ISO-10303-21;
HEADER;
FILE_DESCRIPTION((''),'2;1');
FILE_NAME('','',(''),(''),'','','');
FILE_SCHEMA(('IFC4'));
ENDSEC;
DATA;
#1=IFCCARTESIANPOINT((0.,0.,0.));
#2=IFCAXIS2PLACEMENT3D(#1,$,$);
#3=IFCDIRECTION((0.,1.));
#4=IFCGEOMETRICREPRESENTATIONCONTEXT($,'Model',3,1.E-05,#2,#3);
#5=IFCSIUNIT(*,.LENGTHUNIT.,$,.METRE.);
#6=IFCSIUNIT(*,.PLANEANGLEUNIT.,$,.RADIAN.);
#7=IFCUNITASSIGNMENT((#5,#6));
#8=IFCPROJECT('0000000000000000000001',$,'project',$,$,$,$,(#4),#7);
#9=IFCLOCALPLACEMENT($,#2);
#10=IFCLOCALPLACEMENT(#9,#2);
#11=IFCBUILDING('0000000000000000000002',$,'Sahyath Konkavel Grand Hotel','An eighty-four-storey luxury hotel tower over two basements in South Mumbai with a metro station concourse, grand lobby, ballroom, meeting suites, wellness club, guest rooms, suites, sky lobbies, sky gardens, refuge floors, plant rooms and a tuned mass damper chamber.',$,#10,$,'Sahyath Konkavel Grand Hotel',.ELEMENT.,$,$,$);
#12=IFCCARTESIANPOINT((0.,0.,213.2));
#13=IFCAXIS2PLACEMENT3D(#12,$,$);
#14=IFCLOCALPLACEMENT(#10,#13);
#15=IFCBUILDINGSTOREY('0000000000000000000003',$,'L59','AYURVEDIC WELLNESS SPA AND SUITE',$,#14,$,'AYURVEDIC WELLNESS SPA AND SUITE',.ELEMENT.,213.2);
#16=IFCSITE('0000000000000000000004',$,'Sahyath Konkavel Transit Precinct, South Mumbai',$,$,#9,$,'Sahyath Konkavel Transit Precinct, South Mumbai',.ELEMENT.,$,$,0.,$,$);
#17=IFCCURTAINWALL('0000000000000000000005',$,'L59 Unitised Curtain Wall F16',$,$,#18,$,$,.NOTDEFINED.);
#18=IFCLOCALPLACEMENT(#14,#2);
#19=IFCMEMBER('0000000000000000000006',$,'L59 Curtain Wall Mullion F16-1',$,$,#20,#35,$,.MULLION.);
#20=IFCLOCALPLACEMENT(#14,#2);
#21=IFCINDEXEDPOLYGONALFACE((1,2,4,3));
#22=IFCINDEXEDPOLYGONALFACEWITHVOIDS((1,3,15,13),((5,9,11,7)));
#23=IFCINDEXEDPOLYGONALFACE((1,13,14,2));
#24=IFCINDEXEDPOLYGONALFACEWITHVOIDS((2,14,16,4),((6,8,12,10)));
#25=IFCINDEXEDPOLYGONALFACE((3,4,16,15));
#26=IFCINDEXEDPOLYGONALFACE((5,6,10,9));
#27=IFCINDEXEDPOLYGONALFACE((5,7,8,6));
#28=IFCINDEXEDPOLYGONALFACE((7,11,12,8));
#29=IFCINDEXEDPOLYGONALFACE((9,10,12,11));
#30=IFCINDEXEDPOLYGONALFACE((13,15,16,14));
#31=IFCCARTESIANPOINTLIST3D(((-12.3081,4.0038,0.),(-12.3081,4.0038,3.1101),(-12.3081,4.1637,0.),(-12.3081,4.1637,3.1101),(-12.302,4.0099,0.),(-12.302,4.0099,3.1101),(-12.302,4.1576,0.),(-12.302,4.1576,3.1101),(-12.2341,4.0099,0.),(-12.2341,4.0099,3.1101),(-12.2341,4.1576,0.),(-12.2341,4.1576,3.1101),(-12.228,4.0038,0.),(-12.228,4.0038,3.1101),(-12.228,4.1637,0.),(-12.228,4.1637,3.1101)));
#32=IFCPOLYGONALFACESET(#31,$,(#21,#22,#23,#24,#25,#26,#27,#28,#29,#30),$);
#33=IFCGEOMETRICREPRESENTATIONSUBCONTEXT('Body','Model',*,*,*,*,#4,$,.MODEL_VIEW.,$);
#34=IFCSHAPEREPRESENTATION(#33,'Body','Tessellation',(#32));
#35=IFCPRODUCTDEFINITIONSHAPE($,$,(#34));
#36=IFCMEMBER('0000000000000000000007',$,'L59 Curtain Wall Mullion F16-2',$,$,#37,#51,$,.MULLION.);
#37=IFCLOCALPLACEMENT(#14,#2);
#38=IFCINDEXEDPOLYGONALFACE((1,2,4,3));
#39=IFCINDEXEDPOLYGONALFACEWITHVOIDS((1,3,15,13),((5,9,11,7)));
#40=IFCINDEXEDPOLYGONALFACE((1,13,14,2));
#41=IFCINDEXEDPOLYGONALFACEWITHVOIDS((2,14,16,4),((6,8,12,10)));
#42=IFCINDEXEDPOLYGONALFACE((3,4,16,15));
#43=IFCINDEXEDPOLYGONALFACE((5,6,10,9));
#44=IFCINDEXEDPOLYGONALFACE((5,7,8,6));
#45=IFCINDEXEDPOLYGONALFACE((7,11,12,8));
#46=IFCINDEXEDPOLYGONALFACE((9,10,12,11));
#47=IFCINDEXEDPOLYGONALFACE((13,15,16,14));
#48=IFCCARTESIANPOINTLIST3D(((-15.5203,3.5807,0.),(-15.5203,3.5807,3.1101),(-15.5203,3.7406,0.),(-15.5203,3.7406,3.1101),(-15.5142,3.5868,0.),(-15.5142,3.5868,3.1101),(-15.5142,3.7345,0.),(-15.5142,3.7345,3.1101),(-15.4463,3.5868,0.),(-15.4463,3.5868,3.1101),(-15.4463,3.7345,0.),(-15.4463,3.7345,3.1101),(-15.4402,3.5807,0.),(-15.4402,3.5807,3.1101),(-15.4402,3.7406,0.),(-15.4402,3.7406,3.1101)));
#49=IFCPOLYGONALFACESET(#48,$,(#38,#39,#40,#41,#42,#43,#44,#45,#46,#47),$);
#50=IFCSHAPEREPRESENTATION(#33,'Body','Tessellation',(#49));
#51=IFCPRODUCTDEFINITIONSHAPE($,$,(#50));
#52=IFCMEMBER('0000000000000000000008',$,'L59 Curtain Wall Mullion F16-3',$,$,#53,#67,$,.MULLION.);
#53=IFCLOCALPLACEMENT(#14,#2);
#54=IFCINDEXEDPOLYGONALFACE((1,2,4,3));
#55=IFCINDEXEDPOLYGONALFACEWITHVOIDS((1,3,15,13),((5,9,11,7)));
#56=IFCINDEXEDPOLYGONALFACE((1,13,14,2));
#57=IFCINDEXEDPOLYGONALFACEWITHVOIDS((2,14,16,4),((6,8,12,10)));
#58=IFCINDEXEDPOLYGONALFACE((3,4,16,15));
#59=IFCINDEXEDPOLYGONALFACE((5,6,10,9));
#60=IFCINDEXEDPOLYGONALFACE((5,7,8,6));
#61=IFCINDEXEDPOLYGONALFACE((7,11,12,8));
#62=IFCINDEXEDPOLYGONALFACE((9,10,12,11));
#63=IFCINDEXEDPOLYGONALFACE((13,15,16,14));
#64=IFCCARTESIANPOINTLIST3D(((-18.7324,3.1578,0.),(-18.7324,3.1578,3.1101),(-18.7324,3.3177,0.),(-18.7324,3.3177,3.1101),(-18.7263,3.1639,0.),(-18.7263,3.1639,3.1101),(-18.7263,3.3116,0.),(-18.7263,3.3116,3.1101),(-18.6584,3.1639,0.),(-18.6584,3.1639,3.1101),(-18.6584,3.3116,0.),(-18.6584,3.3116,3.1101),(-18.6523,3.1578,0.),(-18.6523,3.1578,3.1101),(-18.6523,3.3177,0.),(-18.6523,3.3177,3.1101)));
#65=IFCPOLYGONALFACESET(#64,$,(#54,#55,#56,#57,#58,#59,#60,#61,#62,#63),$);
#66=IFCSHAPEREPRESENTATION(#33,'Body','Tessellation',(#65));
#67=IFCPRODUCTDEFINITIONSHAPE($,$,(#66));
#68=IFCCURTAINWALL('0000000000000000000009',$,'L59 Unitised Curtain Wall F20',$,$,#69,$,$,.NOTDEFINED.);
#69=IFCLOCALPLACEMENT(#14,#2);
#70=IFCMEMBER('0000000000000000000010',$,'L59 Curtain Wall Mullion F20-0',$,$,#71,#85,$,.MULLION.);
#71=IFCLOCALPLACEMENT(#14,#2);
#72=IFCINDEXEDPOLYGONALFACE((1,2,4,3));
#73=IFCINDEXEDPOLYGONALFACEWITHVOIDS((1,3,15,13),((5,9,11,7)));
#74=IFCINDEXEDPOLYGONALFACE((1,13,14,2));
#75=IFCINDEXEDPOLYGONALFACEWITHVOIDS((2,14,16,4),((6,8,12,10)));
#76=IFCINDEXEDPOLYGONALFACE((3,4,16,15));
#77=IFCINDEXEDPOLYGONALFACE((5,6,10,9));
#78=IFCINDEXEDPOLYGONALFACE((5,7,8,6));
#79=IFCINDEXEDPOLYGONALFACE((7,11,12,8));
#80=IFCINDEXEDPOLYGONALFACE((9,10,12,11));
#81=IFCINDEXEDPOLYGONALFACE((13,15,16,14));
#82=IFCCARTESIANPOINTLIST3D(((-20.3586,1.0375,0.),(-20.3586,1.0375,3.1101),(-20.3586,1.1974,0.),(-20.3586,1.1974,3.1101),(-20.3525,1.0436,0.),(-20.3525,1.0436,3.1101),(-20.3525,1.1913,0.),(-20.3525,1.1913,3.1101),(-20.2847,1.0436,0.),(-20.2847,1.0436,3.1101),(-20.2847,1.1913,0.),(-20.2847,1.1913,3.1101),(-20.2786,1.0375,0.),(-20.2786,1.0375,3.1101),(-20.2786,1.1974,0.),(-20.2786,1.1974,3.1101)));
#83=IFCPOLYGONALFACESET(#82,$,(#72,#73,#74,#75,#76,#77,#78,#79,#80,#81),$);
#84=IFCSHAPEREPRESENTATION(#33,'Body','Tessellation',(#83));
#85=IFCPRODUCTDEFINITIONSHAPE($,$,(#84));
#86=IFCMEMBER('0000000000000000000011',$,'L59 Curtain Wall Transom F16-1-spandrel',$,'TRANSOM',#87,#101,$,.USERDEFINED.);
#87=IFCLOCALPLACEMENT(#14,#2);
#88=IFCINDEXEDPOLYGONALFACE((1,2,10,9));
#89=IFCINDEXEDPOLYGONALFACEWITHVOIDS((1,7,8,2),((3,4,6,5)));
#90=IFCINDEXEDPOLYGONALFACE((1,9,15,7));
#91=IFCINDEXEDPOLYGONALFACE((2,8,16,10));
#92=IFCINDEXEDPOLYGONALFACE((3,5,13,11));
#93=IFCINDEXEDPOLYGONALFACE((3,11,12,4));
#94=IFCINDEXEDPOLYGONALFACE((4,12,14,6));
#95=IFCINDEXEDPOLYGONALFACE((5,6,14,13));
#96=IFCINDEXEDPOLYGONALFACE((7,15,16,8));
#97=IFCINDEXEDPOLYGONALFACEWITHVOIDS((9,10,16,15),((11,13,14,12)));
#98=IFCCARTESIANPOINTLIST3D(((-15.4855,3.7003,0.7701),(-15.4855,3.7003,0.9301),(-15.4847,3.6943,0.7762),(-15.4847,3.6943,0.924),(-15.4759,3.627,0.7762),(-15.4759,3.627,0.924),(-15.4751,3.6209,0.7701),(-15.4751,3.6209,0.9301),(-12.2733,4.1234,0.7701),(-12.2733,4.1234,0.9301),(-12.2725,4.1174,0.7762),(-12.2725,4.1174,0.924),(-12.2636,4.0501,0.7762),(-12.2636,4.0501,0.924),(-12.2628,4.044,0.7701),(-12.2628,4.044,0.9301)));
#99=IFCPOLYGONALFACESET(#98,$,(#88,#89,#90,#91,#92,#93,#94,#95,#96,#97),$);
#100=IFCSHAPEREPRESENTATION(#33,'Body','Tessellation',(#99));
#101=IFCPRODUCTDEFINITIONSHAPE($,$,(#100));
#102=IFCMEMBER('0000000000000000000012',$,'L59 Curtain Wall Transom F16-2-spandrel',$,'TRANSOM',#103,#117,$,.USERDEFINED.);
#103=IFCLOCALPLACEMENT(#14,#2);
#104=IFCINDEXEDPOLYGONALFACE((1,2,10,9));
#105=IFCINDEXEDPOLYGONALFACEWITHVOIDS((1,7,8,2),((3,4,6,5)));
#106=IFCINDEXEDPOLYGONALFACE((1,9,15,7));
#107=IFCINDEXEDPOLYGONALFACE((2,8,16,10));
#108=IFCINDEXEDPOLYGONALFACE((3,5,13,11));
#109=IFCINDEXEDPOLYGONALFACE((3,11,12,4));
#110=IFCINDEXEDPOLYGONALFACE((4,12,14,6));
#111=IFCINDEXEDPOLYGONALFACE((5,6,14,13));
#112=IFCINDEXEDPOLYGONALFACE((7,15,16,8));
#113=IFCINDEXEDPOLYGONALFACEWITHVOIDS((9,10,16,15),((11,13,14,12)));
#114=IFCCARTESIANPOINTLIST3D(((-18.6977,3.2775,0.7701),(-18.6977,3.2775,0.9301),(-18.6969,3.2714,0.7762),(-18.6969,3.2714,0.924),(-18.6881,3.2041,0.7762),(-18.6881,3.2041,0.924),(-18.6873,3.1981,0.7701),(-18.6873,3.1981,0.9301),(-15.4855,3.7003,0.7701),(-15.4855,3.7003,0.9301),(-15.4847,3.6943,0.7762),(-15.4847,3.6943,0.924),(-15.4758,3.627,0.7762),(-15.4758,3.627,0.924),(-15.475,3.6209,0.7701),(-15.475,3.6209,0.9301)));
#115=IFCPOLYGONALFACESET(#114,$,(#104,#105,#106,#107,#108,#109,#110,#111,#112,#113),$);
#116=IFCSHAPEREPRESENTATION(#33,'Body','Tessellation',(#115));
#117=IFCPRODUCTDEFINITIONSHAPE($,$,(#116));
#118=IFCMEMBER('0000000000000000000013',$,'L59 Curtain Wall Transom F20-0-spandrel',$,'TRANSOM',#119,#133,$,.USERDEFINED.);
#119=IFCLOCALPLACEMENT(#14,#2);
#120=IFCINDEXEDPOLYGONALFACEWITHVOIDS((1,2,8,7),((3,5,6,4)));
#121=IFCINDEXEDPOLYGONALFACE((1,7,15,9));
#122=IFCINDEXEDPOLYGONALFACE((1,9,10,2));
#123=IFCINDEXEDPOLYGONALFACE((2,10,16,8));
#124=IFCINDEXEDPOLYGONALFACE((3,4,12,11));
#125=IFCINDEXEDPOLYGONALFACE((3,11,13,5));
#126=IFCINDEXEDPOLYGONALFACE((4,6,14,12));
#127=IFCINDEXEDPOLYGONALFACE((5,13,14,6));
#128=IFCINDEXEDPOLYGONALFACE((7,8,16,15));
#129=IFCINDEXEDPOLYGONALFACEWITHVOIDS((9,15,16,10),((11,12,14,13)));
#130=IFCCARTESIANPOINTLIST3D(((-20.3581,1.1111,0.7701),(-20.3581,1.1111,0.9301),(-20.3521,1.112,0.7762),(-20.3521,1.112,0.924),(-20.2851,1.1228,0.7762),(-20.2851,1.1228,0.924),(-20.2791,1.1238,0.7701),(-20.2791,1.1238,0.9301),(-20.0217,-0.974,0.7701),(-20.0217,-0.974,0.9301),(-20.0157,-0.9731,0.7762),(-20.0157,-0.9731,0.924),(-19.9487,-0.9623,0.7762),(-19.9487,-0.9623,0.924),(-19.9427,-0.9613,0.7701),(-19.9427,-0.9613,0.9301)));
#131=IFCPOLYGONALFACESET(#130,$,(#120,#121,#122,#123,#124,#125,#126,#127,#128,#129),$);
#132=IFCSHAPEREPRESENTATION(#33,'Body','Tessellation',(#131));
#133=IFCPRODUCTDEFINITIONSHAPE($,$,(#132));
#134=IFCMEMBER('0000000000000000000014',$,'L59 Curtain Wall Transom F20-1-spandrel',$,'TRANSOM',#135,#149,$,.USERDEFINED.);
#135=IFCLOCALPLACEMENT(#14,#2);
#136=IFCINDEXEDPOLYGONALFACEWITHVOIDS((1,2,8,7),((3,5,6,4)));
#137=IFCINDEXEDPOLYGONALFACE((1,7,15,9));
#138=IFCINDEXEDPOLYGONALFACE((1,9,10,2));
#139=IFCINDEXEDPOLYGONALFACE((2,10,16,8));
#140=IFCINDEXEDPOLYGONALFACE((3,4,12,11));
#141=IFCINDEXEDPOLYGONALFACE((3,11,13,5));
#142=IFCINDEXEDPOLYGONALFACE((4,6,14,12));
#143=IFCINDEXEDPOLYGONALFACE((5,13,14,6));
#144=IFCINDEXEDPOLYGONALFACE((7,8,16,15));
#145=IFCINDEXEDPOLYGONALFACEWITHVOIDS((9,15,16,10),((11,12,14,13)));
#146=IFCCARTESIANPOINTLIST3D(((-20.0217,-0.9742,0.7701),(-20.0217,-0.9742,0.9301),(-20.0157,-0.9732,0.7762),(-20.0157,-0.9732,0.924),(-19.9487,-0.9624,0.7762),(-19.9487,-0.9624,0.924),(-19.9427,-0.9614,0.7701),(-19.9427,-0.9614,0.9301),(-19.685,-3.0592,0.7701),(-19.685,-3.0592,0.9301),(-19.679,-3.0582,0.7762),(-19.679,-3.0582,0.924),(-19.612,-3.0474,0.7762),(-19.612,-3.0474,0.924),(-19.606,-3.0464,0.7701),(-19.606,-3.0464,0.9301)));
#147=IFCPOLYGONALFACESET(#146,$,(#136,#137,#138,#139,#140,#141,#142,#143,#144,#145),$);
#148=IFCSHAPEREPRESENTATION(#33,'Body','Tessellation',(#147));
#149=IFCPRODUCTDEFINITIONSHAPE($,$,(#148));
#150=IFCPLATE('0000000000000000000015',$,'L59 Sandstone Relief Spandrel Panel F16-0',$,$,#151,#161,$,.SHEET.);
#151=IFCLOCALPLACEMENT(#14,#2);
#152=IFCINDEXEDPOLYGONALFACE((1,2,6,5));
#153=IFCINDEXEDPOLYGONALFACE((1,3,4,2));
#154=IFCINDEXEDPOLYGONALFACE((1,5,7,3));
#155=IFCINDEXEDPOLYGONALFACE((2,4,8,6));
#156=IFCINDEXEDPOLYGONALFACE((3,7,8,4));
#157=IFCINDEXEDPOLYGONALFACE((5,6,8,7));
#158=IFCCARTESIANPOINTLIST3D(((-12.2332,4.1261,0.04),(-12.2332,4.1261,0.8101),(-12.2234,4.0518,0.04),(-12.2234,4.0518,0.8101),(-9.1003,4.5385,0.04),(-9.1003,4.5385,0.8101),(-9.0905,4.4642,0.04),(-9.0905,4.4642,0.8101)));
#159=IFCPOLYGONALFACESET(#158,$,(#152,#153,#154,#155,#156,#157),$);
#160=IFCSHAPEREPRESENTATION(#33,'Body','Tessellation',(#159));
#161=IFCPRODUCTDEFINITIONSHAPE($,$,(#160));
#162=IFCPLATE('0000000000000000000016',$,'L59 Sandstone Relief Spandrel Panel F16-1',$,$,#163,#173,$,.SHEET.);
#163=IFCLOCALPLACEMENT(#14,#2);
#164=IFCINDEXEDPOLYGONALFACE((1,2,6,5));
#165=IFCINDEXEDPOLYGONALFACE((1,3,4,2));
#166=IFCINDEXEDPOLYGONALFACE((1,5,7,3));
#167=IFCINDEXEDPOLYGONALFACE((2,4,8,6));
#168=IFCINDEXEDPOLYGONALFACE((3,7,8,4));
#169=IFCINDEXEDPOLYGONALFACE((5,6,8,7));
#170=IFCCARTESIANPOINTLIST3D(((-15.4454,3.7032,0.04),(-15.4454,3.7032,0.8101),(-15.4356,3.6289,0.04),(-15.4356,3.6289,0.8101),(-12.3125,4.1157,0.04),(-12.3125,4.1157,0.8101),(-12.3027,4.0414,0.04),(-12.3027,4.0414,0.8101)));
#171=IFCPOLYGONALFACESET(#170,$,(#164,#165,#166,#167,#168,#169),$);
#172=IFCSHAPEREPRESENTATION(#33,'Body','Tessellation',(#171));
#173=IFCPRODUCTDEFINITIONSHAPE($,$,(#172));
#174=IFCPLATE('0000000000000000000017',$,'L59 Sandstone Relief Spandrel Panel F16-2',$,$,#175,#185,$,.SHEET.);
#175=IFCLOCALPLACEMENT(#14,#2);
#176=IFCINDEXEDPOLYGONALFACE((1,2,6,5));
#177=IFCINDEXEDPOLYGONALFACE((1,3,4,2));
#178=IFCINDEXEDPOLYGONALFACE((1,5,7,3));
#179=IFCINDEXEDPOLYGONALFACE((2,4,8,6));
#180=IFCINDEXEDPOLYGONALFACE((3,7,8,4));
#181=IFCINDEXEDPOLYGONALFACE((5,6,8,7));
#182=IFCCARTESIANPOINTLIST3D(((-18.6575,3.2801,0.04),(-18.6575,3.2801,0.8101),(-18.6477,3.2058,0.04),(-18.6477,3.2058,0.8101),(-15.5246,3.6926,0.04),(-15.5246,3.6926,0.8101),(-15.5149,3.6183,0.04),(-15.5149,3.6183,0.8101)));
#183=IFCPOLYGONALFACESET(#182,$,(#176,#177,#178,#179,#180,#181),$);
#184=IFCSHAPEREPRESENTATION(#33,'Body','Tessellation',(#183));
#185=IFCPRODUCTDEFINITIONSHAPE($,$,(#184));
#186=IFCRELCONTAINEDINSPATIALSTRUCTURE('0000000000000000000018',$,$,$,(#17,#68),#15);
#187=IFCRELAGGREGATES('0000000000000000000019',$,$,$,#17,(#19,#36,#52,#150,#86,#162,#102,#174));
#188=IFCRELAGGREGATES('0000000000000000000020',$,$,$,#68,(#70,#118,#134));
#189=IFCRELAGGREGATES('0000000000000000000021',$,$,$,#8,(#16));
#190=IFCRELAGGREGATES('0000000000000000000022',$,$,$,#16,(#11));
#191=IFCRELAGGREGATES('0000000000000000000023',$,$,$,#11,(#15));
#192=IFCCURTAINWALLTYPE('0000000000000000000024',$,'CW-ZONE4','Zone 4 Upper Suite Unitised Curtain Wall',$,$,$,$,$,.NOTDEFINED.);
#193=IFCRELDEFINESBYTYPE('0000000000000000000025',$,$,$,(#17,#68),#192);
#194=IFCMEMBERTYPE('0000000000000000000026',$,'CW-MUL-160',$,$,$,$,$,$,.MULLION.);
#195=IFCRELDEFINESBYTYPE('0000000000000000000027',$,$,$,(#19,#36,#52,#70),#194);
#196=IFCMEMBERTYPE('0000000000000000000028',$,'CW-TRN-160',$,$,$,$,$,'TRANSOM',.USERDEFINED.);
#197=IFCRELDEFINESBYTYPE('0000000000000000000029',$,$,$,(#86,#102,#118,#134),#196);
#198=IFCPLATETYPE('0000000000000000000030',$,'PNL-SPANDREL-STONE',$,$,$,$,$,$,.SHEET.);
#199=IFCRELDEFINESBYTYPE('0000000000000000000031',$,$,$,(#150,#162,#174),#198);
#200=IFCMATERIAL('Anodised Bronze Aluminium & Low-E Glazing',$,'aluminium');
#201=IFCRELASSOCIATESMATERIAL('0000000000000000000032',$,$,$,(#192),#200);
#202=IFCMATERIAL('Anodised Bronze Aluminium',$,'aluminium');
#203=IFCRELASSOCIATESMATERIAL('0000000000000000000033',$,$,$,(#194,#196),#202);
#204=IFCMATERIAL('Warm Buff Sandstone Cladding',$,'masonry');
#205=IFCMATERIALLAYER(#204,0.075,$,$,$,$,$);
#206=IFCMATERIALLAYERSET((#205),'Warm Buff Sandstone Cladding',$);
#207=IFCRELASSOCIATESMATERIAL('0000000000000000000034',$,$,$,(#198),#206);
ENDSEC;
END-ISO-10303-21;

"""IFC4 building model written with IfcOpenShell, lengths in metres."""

from ifc_helpers import new_model, si_unit, direction, frame, origin, origin_2d, place, context, subcontext, project, spatial, rectangle, hollow_rectangle, extrude, source, transform, mapped, material, layer, layer_set, material_profile, profile_set, type_object, element, aggregate, save


model = new_model("IFC4")

# Units and contexts
model_context = context("Model", 3, precision=1e-05, world=origin(), true_north=direction((0.0, 1.0)))
body_context = subcontext(model_context, "Body", "Model", "MODEL_VIEW")
ifc_project = project(units=[si_unit("LENGTHUNIT", "METRE"), si_unit("PLANEANGLEUNIT", "RADIAN")], contexts=[model_context])

# Site, building, storey
site_placement = place(None, origin())
site = spatial("IfcSite", under=ifc_project, at=site_placement, Name="Sahyath Konkavel Transit Precinct, South Mumbai", LongName="Sahyath Konkavel Transit Precinct, South Mumbai", CompositionType="ELEMENT", RefElevation=0.0)
building_placement = place(site_placement, origin())
building = spatial("IfcBuilding", under=site, at=building_placement, Name="Sahyath Konkavel Grand Hotel", Description="An eighty-four-storey luxury hotel tower over two basements in South Mumbai with a metro station concourse, grand lobby, ballroom, meeting suites, wellness club, guest rooms, suites, sky lobbies, sky gardens, refuge floors, plant rooms and a tuned mass damper chamber.", LongName="Sahyath Konkavel Grand Hotel", CompositionType="ELEMENT")
storey_placement = place(building_placement, frame((0.0, 0.0, 213.2)))
storey = spatial("IfcBuildingStorey", under=building, at=storey_placement, Name="L59", Description="AYURVEDIC WELLNESS SPA AND SUITE", LongName="AYURVEDIC WELLNESS SPA AND SUITE", CompositionType="ELEMENT", Elevation=213.2)

# Curtain wall, members
ifc_material_1 = material(Name="Anodised Bronze Aluminium & Low-E Glazing", Category="aluminium")
curtain_wall_type = type_object("IfcCurtainWallType", Name="CW-ZONE4", Description="Zone 4 Upper Suite Unitised Curtain Wall", PredefinedType="NOTDEFINED", material=ifc_material_1)
curtain_wall_1_placement = place(storey_placement, origin())
curtain_wall_1 = element("IfcCurtainWall", 1, at=curtain_wall_1_placement, inside=storey, type_object=curtain_wall_type, Name="L59 Unitised Curtain Wall F16", PredefinedType="NOTDEFINED")
ifc_material_2 = material(Name="Anodised Bronze Aluminium", Category="aluminium")
ifc_material_profile_1 = material_profile(ifc_material_2, hollow_rectangle(XDim=0.0801, YDim=0.1599, WallThickness=0.0061, at=origin_2d()), Name="RHS 160x80x6")
ifc_profile_set_1 = profile_set([ifc_material_profile_1], Name="Anodised Bronze Aluminium")
member_type_1 = type_object("IfcMemberType", Name="CW-MUL-160", PredefinedType="MULLION", material=ifc_profile_set_1)
shared_shape_1 = source(origin(), body_context, "Body", "SweptSolid", [
    extrude(hollow_rectangle(XDim=0.0801, YDim=0.1599, WallThickness=0.0061, at=origin_2d()), origin(), (0.0, 0.0, 1.0), 3.1101),
])
member_1_placement = place(storey_placement, frame((-12.2681, 4.0837, 0.0), z_axis=(0.0, 0.0, 1.0), x_axis=(1.0, 0.0, 0.0)))
member_1 = element("IfcMember", 2, at=member_1_placement, type_object=member_type_1, Name="L59 Curtain Wall Mullion F16-1", PredefinedType="MULLION", context=body_context, shape_type="MappedRepresentation", body=[
    mapped(shared_shape_1, transform((0.0, 0.0, 0.0), scale=1.0)),
])
member_2_placement = place(storey_placement, frame((-15.4802, 3.6606, 0.0), z_axis=(0.0, 0.0, 1.0), x_axis=(1.0, 0.0, 0.0)))
member_2 = element("IfcMember", 3, at=member_2_placement, type_object=member_type_1, Name="L59 Curtain Wall Mullion F16-2", PredefinedType="MULLION", context=body_context, shape_type="MappedRepresentation", body=[
    mapped(shared_shape_1, transform((0.0, 0.0, 0.0), scale=1.0)),
])
member_3_placement = place(storey_placement, frame((-18.6924, 3.2378, 0.0), z_axis=(0.0, 0.0, 1.0), x_axis=(1.0, 0.0, 0.0)))
member_3 = element("IfcMember", 4, at=member_3_placement, type_object=member_type_1, Name="L59 Curtain Wall Mullion F16-3", PredefinedType="MULLION", context=body_context, shape_type="MappedRepresentation", body=[
    mapped(shared_shape_1, transform((0.0, 0.0, 0.0), scale=1.0)),
])

# Curtain wall, member
curtain_wall_2_placement = place(storey_placement, origin())
curtain_wall_2 = element("IfcCurtainWall", 5, at=curtain_wall_2_placement, inside=storey, type_object=curtain_wall_type, Name="L59 Unitised Curtain Wall F20", PredefinedType="NOTDEFINED")
member_4_placement = place(storey_placement, frame((-20.3186, 1.1174, 0.0), z_axis=(0.0, 0.0, 1.0), x_axis=(1.0, 0.0, 0.0)))
member_4 = element("IfcMember", 6, at=member_4_placement, type_object=member_type_1, Name="L59 Curtain Wall Mullion F20-0", PredefinedType="MULLION", context=body_context, shape_type="MappedRepresentation", body=[
    mapped(shared_shape_1, transform((0.0, 0.0, 0.0), scale=1.0)),
])

# Members
ifc_material_profile_2 = material_profile(ifc_material_2, hollow_rectangle(XDim=0.0801, YDim=0.1599, WallThickness=0.0061, at=origin_2d()), Name="RHS 160x80x6")
ifc_profile_set_2 = profile_set([ifc_material_profile_2], Name="Anodised Bronze Aluminium")
member_type_2 = type_object("IfcMemberType", Name="CW-TRN-160", ElementType="TRANSOM", PredefinedType="USERDEFINED", material=ifc_profile_set_2)
shared_shape_2 = source(origin(), body_context, "Body", "SweptSolid", [
    extrude(hollow_rectangle(XDim=0.0801, YDim=0.1599, WallThickness=0.0061, at=origin_2d()), origin(), (0.0, 0.0, 1.0), 3.24),
])
member_5_placement = place(storey_placement, frame((-12.2681, 4.0837, 0.8501), z_axis=(-0.991437, -0.130589, 0.0), x_axis=(0.130589, -0.991437, 0.0)))
member_5 = element("IfcMember", 7, at=member_5_placement, type_object=member_type_2, Name="L59 Curtain Wall Transom F16-1-spandrel", ObjectType="TRANSOM", PredefinedType="USERDEFINED", context=body_context, shape_type="MappedRepresentation", body=[
    mapped(shared_shape_2, transform((0.0, 0.0, 0.0), scale=1.0)),
])
member_6_placement = place(storey_placement, frame((-15.4802, 3.6606, 0.8501), z_axis=(-0.991446, -0.130515, 0.0), x_axis=(0.130515, -0.991446, 0.0)))
member_6 = element("IfcMember", 8, at=member_6_placement, type_object=member_type_2, Name="L59 Curtain Wall Transom F16-2-spandrel", ObjectType="TRANSOM", PredefinedType="USERDEFINED", context=body_context, shape_type="MappedRepresentation", body=[
    mapped(shared_shape_2, transform((0.0, 0.0, 0.0), scale=1.0)),
])
shared_shape_3 = source(origin(), body_context, "Body", "SweptSolid", [
    extrude(hollow_rectangle(XDim=0.0801, YDim=0.1599, WallThickness=0.0061, at=origin_2d()), origin(), (0.0, 0.0, 1.0), 2.1121),
])
member_7_placement = place(storey_placement, frame((-20.3186, 1.1174, 0.8501), z_axis=(0.15928, -0.987233, 0.0), x_axis=(0.987233, 0.15928, 0.0)))
member_7 = element("IfcMember", 9, at=member_7_placement, type_object=member_type_2, Name="L59 Curtain Wall Transom F20-0-spandrel", ObjectType="TRANSOM", PredefinedType="USERDEFINED", context=body_context, shape_type="MappedRepresentation", body=[
    mapped(shared_shape_3, transform((0.0, 0.0, 0.0), scale=1.0)),
])
member_8_placement = place(storey_placement, frame((-19.9822, -0.9678, 0.8501), z_axis=(0.159411, -0.987212, 0.0), x_axis=(0.987212, 0.159411, 0.0)))
member_8 = element("IfcMember", 10, at=member_8_placement, type_object=member_type_2, Name="L59 Curtain Wall Transom F20-1-spandrel", ObjectType="TRANSOM", PredefinedType="USERDEFINED", context=body_context, shape_type="MappedRepresentation", body=[
    mapped(shared_shape_3, transform((0.0, 0.0, 0.0), scale=1.0)),
])

# Plates
ifc_material_3 = material(Name="Warm Buff Sandstone Cladding", Category="masonry")
ifc_layer_1 = layer(ifc_material_3, 0.075)
ifc_layer_set_1 = layer_set([ifc_layer_1], Name="Warm Buff Sandstone Cladding")
plate_type_1 = type_object("IfcPlateType", Name="PNL-SPANDREL-STONE", PredefinedType="SHEET", material=ifc_layer_set_1)
shared_shape_4 = source(origin(), body_context, "Body", "SweptSolid", [
    extrude(rectangle(XDim=3.1599, YDim=0.075, at=origin_2d()), origin(), (0.0, 0.0, 1.0), 0.77),
])
plate_1_placement = place(storey_placement, frame((-10.6619, 4.2952, 0.04), z_axis=(0.0, 0.0, 1.0), x_axis=(-0.991445, -0.130526, 0.0)))
plate_1 = element("IfcPlate", 11, at=plate_1_placement, type_object=plate_type_1, Name="L59 Sandstone Relief Spandrel Panel F16-0", PredefinedType="SHEET", context=body_context, shape_type="MappedRepresentation", body=[
    mapped(shared_shape_4, transform((0.0, 0.0, 0.0), scale=1.0)),
])
plate_2_placement = place(storey_placement, frame((-13.874, 3.8723, 0.04), z_axis=(0.0, 0.0, 1.0), x_axis=(-0.991445, -0.130526, 0.0)))
plate_2 = element("IfcPlate", 12, at=plate_2_placement, type_object=plate_type_1, Name="L59 Sandstone Relief Spandrel Panel F16-1", PredefinedType="SHEET", context=body_context, shape_type="MappedRepresentation", body=[
    mapped(shared_shape_4, transform((0.0, 0.0, 0.0), scale=1.0)),
])
plate_3_placement = place(storey_placement, frame((-17.0862, 3.4492, 0.04), z_axis=(0.0, 0.0, 1.0), x_axis=(-0.991445, -0.130526, 0.0)))
plate_3 = element("IfcPlate", 13, at=plate_3_placement, type_object=plate_type_1, Name="L59 Sandstone Relief Spandrel Panel F16-2", PredefinedType="SHEET", context=body_context, shape_type="MappedRepresentation", body=[
    mapped(shared_shape_4, transform((0.0, 0.0, 0.0), scale=1.0)),
])
aggregate(curtain_wall_1, [member_1, member_2, member_3, plate_1, member_5, plate_2, member_6, plate_3])
aggregate(curtain_wall_2, [member_4, member_7, member_8])

save(model, "model.ifc")
